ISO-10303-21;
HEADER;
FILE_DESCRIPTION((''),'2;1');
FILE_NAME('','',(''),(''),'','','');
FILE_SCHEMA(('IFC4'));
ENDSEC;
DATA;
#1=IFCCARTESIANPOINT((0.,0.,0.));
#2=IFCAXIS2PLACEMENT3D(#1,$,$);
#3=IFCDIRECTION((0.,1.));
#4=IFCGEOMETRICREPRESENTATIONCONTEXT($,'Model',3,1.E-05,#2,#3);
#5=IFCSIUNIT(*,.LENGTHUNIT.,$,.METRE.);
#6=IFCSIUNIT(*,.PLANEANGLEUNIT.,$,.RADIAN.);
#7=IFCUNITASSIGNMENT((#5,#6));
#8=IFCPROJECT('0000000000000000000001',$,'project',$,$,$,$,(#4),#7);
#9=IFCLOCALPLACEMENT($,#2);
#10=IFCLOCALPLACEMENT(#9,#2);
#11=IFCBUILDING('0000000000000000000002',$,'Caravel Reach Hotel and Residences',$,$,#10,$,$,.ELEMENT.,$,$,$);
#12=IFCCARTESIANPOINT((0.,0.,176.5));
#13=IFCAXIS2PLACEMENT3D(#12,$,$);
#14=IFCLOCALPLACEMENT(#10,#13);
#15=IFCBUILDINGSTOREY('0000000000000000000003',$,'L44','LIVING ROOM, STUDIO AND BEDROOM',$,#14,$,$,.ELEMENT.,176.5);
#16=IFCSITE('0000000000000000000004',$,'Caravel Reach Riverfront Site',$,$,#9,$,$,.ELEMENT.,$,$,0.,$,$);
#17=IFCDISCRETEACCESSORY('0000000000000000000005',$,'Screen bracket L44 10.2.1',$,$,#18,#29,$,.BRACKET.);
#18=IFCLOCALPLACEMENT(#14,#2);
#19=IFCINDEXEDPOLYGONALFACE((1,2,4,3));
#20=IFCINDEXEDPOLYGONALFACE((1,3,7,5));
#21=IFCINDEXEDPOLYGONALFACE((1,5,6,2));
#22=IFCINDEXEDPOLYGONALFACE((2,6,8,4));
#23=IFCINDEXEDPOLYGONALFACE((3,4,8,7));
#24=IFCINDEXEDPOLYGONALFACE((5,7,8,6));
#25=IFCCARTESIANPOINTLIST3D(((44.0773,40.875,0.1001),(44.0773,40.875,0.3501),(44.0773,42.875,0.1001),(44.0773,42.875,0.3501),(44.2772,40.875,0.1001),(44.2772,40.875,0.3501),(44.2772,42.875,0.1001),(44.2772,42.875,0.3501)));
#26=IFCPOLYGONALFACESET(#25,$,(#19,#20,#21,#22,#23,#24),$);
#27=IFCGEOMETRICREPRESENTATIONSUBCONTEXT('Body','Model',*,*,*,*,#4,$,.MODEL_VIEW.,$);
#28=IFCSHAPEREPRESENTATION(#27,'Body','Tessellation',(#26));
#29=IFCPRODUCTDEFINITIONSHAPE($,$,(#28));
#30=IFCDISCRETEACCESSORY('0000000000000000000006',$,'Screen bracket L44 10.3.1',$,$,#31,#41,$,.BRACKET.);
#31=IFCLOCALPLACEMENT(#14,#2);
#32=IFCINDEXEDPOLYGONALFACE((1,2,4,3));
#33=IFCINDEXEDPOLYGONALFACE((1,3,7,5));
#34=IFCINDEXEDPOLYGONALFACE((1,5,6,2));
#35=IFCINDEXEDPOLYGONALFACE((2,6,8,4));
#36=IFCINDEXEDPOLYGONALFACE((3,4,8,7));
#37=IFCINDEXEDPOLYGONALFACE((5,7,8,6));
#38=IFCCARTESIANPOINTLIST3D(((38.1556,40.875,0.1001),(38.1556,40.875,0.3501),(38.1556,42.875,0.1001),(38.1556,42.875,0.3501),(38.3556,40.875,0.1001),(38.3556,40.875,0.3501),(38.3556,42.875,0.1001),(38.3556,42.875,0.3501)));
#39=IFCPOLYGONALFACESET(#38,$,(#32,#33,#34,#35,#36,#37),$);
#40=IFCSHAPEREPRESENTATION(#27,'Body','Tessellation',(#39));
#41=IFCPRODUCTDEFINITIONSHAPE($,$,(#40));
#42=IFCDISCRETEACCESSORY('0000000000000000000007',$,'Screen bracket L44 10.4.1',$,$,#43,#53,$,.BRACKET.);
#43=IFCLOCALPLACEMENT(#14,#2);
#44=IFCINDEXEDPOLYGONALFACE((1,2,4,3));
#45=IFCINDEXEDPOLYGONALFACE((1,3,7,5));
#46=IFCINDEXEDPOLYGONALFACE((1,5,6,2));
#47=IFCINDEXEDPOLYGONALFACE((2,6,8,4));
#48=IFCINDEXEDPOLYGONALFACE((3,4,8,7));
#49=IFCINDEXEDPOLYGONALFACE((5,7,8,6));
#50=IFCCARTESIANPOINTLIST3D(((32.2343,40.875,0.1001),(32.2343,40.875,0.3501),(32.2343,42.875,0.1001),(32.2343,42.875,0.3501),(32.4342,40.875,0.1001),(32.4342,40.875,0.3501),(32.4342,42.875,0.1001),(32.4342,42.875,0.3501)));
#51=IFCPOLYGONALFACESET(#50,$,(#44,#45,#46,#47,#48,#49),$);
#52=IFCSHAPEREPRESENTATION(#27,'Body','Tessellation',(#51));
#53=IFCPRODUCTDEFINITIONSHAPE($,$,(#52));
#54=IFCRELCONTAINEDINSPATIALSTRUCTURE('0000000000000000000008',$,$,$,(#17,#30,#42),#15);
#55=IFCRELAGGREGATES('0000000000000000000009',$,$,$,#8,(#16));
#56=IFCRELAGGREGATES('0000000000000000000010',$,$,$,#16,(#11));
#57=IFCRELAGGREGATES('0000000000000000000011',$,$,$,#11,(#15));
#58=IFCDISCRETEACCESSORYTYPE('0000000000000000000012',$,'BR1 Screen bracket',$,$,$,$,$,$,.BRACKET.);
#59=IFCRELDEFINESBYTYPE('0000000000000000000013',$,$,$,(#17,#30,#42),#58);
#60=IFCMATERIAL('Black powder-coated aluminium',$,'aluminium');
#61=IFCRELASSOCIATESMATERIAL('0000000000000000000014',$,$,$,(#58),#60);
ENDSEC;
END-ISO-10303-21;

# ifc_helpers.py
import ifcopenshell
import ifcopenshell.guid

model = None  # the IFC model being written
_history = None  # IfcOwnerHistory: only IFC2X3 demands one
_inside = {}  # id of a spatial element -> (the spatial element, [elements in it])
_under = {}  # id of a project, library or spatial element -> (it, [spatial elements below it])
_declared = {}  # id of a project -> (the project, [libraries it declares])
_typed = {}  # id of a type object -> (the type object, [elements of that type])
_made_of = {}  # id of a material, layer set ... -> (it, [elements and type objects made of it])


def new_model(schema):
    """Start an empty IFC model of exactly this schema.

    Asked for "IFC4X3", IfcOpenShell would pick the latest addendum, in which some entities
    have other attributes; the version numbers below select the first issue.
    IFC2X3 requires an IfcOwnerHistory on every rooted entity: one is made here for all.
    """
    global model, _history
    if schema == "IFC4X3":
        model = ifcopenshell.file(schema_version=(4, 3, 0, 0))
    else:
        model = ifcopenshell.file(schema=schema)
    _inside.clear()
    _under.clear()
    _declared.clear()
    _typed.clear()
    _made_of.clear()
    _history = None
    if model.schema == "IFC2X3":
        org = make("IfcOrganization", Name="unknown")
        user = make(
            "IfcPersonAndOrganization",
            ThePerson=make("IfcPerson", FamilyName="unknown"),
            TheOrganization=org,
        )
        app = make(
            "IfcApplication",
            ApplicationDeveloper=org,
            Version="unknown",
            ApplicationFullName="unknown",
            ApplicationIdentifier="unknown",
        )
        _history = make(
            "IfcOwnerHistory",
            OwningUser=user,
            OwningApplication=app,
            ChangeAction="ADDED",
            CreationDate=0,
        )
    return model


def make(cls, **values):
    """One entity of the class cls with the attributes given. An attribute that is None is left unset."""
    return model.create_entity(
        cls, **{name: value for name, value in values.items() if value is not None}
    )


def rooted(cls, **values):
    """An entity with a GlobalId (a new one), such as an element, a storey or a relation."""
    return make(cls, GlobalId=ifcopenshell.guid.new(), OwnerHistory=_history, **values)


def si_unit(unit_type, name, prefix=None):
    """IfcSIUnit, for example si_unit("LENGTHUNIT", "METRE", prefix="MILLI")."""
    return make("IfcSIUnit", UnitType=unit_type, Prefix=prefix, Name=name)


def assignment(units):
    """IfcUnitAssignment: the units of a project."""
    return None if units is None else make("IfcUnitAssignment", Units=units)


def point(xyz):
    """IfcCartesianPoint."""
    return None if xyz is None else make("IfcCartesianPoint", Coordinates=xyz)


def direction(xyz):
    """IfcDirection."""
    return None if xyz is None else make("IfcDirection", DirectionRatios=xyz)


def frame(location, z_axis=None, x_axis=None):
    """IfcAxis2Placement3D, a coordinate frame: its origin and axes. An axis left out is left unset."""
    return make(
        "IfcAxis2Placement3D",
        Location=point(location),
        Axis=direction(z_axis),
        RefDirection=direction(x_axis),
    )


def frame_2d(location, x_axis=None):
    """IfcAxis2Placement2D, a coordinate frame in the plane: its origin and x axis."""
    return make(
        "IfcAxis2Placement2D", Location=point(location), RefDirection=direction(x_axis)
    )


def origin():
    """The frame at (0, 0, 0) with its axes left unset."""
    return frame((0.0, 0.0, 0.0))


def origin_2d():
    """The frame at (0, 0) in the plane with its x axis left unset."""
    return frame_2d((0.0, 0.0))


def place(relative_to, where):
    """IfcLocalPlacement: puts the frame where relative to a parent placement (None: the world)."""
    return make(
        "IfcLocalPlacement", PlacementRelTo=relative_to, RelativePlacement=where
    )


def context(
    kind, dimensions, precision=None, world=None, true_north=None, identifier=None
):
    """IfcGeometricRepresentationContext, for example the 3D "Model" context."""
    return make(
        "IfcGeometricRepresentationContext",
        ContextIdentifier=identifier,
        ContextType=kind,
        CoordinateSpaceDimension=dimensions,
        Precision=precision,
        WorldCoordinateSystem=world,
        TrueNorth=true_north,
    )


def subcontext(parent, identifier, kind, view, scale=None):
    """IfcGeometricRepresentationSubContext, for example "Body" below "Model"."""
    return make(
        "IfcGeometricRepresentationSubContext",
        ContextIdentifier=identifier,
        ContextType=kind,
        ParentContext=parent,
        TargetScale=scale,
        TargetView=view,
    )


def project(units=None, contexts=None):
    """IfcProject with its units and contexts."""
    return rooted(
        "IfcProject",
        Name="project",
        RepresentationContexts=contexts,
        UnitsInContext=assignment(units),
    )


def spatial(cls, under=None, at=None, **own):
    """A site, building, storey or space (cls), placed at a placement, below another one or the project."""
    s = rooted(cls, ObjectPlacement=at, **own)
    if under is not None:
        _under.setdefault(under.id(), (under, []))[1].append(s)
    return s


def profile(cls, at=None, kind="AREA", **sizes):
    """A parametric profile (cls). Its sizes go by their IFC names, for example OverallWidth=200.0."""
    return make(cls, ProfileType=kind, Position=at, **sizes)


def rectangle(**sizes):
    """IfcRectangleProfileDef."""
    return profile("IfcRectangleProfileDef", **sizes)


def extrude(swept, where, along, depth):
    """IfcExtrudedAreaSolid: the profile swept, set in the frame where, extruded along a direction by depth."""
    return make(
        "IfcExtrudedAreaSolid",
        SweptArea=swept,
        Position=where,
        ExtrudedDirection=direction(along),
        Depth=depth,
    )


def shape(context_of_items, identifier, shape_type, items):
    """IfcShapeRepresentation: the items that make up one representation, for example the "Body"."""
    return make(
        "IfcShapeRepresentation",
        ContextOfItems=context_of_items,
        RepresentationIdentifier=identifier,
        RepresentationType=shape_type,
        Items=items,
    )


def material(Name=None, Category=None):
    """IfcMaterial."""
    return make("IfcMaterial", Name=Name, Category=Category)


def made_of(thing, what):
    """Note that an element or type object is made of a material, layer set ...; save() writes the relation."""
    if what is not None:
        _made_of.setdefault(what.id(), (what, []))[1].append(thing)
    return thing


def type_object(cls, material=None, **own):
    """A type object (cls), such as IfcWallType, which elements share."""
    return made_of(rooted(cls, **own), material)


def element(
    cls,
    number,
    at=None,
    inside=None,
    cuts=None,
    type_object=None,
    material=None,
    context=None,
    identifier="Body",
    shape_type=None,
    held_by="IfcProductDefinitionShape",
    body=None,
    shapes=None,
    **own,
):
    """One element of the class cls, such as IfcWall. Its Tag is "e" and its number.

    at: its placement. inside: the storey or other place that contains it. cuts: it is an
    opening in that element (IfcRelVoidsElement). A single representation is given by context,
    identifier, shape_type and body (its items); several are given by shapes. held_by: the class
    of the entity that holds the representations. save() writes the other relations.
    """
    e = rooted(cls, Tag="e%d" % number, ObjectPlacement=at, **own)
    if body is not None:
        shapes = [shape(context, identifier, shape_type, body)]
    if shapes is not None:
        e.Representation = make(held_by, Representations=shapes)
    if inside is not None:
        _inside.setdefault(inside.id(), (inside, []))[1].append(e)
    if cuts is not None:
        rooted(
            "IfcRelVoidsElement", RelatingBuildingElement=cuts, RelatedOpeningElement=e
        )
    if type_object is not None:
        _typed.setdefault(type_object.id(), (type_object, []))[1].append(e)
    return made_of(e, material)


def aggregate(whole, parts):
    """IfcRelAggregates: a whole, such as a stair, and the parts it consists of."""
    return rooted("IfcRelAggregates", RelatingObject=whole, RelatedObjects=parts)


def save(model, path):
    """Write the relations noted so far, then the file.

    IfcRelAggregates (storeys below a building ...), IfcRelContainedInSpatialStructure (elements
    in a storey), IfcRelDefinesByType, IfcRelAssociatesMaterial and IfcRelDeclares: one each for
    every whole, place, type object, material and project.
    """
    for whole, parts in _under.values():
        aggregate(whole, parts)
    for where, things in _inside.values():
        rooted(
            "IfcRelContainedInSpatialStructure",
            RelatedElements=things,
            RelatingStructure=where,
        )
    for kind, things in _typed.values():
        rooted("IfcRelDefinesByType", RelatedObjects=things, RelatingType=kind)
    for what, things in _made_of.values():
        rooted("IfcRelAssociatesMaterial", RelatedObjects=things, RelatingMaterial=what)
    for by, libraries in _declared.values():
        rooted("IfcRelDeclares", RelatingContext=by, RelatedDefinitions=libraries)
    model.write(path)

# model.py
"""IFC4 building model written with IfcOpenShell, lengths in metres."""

from ifc_helpers import new_model, si_unit, direction, frame, origin, origin_2d, place, context, subcontext, project, spatial, rectangle, extrude, material, type_object, element, save


model = new_model("IFC4")

# Units and contexts
model_context = context("Model", 3, precision=1e-05, world=origin(), true_north=direction((0.0, 1.0)))
body_context = subcontext(model_context, "Body", "Model", "MODEL_VIEW")
ifc_project = project(units=[si_unit("LENGTHUNIT", "METRE"), si_unit("PLANEANGLEUNIT", "RADIAN")], contexts=[model_context])

# Site, building, storey
site_placement = place(None, origin())
site = spatial("IfcSite", under=ifc_project, at=site_placement, Name="Caravel Reach Riverfront Site", CompositionType="ELEMENT", RefElevation=0.0)
building_placement = place(site_placement, origin())
building = spatial("IfcBuilding", under=site, at=building_placement, Name="Caravel Reach Hotel and Residences", CompositionType="ELEMENT")
storey_placement = place(building_placement, frame((0.0, 0.0, 176.5)))
storey = spatial("IfcBuildingStorey", under=building, at=storey_placement, Name="L44", Description="LIVING ROOM, STUDIO AND BEDROOM", CompositionType="ELEMENT", Elevation=176.5)

# Discrete accessories
ifc_material_1 = material(Name="Black powder-coated aluminium", Category="aluminium")
discrete_accessory_type = type_object("IfcDiscreteAccessoryType", Name="BR1 Screen bracket", PredefinedType="BRACKET", material=ifc_material_1)
for number, where, z_axis, x_axis, name in (
    (1, (44.1772, 41.875, 0.1001), (0.0, 0.0, 1.0), (0.0, 1.0, 0.0), "Screen bracket L44 10.2.1"),
    (2, (38.2556, 41.875, 0.1001), (0.0, 0.0, 1.0), (0.0, 1.0, 0.0), "Screen bracket L44 10.3.1"),
    (3, (32.3342, 41.875, 0.1001), (0.0, 0.0, 1.0), (0.0, 1.0, 0.0), "Screen bracket L44 10.4.1"),
):
    element("IfcDiscreteAccessory", number, at=place(storey_placement, frame(where, z_axis=z_axis, x_axis=x_axis)), inside=storey, type_object=discrete_accessory_type, Name=name, PredefinedType="BRACKET", context=body_context, shape_type="SweptSolid", body=[
        extrude(rectangle(XDim=2.0, YDim=0.2, at=origin_2d()), origin(), (0.0, 0.0, 1.0), 0.25),
    ])

save(model, "model.ifc")
